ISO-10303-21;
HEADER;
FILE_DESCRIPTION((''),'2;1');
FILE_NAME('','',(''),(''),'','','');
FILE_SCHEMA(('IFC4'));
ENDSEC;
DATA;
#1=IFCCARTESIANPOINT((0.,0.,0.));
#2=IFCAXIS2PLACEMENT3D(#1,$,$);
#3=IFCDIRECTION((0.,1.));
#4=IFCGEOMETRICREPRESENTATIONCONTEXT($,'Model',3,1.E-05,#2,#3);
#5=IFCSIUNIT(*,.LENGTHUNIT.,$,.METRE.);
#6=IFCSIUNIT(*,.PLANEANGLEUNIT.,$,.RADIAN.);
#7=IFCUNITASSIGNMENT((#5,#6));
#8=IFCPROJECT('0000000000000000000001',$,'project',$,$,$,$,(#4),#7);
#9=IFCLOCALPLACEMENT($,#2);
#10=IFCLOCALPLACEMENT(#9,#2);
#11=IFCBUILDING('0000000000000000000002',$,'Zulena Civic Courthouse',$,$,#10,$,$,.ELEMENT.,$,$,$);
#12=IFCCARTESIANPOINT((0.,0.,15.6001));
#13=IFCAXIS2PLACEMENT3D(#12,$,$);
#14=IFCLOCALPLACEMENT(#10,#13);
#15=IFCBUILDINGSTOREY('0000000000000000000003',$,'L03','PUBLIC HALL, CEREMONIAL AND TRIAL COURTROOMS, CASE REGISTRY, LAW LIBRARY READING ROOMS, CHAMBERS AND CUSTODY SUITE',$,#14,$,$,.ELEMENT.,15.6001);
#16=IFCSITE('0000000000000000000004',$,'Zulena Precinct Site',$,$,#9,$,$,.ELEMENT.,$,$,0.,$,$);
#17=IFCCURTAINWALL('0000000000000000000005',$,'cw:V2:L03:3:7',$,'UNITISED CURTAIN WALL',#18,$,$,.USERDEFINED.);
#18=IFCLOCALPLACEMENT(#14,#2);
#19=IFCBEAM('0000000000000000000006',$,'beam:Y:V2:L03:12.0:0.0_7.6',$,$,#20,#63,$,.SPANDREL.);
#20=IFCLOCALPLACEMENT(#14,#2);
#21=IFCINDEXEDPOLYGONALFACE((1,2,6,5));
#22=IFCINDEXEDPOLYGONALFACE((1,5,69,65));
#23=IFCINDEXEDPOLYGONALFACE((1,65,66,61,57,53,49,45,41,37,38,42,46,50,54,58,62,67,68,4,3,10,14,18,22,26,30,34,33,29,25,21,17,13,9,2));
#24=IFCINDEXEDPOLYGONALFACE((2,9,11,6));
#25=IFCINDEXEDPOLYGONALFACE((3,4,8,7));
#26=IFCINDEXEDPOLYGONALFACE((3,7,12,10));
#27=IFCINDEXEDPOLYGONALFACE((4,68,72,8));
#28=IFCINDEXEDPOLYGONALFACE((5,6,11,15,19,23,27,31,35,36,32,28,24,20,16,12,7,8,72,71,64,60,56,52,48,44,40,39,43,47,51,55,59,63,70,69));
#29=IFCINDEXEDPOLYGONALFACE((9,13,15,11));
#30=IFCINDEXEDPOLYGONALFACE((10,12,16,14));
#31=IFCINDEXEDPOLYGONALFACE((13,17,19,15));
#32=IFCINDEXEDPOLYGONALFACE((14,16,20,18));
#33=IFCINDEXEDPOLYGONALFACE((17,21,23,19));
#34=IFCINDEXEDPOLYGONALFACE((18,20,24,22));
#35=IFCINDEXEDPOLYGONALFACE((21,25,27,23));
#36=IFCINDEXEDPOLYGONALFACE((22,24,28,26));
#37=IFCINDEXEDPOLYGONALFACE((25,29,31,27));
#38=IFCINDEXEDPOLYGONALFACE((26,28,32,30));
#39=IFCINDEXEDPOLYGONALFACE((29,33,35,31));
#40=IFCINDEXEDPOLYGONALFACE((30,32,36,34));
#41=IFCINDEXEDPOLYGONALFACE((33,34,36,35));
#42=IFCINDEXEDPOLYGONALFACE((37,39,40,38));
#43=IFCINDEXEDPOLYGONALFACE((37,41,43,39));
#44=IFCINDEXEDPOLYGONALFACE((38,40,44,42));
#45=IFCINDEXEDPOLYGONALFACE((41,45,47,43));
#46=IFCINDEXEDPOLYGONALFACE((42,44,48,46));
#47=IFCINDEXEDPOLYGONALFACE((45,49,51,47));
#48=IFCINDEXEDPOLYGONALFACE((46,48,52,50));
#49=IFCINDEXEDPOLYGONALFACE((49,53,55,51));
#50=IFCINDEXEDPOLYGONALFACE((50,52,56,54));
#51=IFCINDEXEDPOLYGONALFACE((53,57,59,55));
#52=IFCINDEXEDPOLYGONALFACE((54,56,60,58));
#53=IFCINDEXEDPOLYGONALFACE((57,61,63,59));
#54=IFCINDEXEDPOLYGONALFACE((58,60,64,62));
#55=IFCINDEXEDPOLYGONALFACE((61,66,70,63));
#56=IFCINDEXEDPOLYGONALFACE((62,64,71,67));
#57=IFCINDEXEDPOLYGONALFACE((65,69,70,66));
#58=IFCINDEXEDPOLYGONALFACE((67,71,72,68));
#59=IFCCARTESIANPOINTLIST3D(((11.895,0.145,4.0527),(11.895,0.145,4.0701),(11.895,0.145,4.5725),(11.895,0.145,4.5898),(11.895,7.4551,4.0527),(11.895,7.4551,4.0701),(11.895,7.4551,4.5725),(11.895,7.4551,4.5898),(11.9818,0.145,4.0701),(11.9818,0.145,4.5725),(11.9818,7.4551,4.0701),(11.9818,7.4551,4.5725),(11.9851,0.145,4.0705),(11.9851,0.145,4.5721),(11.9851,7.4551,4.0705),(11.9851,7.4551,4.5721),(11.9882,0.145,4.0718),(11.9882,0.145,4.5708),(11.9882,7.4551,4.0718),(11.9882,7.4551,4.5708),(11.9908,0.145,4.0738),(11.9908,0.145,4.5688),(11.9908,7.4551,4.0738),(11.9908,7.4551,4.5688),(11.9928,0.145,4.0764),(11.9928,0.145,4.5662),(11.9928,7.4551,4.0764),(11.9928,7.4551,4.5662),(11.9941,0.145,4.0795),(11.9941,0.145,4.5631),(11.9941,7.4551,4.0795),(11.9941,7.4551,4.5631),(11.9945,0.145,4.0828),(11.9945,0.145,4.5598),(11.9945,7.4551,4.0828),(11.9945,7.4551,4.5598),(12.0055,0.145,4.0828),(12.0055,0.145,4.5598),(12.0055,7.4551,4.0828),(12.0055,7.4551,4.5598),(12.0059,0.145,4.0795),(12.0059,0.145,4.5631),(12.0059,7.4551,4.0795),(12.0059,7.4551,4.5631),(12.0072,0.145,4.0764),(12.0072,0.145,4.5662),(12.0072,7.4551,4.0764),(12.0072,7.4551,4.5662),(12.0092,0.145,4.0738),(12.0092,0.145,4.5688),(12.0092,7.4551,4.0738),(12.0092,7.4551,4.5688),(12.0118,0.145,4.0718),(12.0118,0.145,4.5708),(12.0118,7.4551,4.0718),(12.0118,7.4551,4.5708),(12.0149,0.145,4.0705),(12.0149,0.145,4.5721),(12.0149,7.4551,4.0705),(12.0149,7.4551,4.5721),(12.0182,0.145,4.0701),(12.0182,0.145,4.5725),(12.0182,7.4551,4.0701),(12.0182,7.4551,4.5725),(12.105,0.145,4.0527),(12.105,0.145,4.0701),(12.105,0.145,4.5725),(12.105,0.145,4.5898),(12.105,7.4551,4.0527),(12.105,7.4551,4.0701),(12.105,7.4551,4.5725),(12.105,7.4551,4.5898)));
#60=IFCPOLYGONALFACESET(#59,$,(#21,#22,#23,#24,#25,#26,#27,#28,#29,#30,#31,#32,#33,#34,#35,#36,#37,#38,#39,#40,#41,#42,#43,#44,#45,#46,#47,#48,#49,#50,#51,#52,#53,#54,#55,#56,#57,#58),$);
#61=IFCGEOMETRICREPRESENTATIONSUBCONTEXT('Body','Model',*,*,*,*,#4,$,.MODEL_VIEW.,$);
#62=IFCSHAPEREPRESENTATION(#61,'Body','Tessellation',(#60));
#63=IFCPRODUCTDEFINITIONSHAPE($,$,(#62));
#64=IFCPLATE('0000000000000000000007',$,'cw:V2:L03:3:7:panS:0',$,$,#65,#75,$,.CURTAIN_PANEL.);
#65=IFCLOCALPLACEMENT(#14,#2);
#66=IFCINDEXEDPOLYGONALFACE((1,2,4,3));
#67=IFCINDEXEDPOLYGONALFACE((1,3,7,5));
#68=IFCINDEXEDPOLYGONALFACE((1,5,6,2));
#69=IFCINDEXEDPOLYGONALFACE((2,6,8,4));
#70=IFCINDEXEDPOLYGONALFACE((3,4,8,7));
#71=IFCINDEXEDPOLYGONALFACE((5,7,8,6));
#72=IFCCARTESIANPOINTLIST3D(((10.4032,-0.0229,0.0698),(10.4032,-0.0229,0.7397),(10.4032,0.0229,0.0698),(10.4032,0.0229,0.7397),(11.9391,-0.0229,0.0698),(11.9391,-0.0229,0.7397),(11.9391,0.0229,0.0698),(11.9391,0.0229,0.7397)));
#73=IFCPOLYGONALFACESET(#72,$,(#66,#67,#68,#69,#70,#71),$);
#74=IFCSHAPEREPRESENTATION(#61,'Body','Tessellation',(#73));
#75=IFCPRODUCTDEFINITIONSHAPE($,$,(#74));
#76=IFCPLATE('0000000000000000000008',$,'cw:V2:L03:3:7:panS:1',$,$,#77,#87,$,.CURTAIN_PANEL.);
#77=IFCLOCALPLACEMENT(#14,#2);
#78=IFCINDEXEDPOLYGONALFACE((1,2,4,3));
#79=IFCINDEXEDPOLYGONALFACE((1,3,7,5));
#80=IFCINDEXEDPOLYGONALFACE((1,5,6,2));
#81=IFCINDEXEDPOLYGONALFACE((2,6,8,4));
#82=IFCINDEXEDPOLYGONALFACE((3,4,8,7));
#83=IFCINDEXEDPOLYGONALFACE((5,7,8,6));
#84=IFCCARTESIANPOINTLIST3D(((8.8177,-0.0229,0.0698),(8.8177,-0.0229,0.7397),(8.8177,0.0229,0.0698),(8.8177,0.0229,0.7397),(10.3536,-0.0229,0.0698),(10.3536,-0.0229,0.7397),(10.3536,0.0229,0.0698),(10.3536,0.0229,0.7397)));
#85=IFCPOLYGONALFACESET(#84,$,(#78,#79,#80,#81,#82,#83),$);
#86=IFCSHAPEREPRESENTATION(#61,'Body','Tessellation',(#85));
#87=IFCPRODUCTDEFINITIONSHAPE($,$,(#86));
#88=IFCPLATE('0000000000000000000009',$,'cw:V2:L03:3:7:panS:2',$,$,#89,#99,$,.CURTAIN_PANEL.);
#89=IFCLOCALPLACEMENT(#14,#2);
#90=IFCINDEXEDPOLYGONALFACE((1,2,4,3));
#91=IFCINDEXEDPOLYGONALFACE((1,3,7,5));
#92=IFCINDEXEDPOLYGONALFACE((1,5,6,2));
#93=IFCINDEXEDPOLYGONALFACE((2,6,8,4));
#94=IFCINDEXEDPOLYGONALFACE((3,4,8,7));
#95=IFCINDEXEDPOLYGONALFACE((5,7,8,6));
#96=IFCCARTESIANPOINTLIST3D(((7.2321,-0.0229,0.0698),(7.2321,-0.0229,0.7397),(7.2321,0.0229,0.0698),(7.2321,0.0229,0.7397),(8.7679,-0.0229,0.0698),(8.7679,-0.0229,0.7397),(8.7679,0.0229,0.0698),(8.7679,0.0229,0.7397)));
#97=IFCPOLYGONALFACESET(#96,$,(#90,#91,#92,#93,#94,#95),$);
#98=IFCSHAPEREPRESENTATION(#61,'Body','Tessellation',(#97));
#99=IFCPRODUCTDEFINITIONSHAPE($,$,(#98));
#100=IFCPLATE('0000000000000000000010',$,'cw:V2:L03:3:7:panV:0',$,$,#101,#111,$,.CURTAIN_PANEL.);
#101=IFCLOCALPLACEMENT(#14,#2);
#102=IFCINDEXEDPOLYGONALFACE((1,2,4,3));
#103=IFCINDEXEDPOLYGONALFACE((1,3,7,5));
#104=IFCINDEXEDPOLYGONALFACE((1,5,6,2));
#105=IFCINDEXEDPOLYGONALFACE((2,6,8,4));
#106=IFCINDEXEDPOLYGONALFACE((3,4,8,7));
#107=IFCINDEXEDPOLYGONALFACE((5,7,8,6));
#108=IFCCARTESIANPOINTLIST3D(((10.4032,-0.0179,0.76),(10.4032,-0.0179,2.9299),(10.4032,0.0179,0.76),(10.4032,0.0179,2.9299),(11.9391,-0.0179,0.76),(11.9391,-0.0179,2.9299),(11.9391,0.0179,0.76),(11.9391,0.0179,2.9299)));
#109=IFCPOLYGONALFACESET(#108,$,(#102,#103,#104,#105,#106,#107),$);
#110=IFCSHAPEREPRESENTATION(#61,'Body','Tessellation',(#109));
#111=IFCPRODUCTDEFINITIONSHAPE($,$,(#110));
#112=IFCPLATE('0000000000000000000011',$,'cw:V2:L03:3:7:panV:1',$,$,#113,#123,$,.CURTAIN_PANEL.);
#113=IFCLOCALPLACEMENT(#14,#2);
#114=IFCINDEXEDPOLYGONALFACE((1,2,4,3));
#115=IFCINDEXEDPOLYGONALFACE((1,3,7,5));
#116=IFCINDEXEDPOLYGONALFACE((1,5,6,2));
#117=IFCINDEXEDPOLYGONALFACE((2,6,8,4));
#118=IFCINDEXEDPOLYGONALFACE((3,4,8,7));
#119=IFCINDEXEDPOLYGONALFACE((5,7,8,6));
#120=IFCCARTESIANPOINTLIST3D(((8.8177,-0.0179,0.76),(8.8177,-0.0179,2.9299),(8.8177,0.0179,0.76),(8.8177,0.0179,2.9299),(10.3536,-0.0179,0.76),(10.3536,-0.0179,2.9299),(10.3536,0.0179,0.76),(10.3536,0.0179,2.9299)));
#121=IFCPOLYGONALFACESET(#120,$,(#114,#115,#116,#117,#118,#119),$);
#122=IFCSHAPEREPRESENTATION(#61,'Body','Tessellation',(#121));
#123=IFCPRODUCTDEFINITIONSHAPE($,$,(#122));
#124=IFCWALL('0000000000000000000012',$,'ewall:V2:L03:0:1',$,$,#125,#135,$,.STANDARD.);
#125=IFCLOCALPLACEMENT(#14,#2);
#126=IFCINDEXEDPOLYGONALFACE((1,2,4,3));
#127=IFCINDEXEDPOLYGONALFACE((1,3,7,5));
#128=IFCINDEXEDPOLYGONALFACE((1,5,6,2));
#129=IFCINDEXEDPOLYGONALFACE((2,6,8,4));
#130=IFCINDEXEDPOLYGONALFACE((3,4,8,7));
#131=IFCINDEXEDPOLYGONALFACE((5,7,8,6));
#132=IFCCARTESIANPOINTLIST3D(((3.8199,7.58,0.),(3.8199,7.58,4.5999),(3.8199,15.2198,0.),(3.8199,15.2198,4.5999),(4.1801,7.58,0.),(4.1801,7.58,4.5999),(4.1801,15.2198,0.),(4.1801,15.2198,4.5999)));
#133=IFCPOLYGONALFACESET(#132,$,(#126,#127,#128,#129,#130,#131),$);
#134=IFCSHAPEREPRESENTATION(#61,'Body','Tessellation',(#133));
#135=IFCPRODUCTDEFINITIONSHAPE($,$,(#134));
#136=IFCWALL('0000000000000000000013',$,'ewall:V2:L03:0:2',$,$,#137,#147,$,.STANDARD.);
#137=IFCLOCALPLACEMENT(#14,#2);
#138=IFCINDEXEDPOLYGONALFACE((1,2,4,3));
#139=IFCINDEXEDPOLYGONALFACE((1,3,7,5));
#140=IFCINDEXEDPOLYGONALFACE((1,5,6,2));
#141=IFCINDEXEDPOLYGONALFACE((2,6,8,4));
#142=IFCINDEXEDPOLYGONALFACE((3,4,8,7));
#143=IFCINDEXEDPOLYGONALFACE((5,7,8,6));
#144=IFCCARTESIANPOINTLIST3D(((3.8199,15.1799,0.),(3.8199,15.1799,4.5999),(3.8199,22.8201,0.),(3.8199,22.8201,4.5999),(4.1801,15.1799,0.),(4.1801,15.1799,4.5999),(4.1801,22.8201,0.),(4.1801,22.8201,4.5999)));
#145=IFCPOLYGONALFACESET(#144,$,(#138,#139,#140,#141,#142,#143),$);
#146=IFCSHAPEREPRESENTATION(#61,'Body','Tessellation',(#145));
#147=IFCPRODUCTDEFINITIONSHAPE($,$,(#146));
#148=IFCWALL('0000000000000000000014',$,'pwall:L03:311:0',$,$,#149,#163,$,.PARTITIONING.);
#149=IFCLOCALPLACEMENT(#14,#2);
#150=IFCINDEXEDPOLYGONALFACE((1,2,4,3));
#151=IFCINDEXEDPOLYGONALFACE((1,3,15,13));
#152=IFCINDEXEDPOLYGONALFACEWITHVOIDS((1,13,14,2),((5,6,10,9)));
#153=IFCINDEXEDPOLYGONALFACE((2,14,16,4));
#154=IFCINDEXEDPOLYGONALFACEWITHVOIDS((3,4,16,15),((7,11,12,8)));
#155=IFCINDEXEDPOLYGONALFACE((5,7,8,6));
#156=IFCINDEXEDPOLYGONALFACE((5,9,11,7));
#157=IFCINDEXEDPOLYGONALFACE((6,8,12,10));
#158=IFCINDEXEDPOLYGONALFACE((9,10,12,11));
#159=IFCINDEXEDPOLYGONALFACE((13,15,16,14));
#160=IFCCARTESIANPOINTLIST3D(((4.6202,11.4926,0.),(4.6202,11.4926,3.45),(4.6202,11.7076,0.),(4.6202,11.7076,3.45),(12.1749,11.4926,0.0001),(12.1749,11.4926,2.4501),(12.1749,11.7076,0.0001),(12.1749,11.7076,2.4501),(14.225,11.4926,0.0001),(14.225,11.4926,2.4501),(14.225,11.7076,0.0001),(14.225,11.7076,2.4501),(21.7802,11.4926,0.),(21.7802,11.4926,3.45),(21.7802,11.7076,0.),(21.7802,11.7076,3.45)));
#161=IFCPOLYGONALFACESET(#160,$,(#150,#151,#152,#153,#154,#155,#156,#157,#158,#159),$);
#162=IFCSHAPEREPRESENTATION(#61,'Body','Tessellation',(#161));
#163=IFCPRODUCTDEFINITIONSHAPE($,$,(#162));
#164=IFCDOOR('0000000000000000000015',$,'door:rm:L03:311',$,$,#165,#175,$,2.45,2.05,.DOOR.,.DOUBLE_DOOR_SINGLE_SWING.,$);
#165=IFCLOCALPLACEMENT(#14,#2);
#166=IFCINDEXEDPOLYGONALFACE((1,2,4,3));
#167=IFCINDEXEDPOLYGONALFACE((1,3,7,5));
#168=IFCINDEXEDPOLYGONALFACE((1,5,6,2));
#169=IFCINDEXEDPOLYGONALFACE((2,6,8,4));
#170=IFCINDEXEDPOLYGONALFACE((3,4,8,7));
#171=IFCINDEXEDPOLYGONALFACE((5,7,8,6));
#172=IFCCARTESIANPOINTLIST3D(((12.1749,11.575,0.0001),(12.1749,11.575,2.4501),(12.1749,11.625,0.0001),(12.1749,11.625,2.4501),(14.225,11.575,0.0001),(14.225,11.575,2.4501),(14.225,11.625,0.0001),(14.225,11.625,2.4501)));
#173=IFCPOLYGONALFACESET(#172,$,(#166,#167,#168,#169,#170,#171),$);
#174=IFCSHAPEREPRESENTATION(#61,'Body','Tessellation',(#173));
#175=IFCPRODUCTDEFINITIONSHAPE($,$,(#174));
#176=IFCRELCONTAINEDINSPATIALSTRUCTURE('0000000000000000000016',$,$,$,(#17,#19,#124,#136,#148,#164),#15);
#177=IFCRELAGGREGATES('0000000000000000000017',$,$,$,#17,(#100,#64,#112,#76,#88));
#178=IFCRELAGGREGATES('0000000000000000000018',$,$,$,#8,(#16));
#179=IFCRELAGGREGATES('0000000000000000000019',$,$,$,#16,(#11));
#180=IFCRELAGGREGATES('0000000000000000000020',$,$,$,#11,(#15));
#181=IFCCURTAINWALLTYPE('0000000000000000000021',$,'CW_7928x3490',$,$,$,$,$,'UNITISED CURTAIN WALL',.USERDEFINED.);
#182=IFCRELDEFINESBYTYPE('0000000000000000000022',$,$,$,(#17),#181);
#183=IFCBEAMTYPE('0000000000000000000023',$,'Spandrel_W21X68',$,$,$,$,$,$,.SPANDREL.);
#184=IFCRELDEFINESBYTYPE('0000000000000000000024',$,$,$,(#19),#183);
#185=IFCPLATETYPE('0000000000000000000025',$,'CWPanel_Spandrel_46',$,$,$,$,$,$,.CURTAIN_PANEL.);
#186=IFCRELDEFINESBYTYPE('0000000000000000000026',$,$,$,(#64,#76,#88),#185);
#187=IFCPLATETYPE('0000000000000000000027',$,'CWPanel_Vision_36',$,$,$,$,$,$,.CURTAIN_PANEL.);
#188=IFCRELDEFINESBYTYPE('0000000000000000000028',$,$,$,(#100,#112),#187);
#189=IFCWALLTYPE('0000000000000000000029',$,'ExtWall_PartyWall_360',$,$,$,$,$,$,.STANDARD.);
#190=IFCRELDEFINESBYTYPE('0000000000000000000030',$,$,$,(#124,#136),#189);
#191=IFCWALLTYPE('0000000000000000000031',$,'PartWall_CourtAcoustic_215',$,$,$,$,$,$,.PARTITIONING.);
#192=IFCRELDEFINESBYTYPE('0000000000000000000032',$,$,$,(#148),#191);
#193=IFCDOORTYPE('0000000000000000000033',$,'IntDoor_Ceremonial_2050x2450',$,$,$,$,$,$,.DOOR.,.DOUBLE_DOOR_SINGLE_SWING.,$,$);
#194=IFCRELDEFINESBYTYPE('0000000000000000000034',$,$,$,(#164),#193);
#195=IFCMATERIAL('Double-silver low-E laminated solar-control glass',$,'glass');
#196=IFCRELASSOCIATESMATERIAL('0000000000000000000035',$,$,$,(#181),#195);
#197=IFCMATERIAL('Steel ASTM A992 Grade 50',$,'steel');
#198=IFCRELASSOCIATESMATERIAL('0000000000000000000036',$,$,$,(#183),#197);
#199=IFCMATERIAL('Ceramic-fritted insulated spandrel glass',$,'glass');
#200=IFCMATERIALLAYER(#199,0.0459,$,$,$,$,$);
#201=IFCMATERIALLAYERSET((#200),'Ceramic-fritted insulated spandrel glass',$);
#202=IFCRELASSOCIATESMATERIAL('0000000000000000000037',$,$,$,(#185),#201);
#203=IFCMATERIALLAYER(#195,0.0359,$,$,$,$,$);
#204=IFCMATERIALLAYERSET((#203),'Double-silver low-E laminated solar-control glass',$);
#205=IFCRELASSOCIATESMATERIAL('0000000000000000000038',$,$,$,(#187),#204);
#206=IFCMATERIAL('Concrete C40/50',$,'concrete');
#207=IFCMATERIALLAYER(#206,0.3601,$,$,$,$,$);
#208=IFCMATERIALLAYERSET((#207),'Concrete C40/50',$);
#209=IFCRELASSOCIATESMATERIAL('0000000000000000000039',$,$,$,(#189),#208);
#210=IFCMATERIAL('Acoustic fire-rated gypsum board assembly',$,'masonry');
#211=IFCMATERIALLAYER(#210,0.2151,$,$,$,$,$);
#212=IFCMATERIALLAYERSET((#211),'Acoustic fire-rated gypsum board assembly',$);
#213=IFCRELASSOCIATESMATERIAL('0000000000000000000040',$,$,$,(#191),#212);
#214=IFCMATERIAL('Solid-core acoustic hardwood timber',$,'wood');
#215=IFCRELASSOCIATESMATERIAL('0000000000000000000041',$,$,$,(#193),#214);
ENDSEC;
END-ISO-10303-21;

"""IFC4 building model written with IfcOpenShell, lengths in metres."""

from ifc_helpers import new_model, si_unit, direction, frame, frame_2d, origin, origin_2d, place, context, subcontext, project, spatial, rectangle, i_section, extrude, material, layer, layer_set, material_profile, profile_set, type_object, element, fill, aggregate, save


model = new_model("IFC4")

# Units and contexts
model_context = context("Model", 3, precision=1e-05, world=origin(), true_north=direction((0.0, 1.0)))
body_context = subcontext(model_context, "Body", "Model", "MODEL_VIEW")
ifc_project = project(units=[si_unit("LENGTHUNIT", "METRE"), si_unit("PLANEANGLEUNIT", "RADIAN")], contexts=[model_context])

# Site, building, storey
site_placement = place(None, origin())
site = spatial("IfcSite", under=ifc_project, at=site_placement, Name="Zulena Precinct Site", CompositionType="ELEMENT", RefElevation=0.0)
building_placement = place(site_placement, origin())
building = spatial("IfcBuilding", under=site, at=building_placement, Name="Zulena Civic Courthouse", CompositionType="ELEMENT")
storey_placement = place(building_placement, frame((0.0, 0.0, 15.6001)))
storey = spatial("IfcBuildingStorey", under=building, at=storey_placement, Name="L03", Description="PUBLIC HALL, CEREMONIAL AND TRIAL COURTROOMS, CASE REGISTRY, LAW LIBRARY READING ROOMS, CHAMBERS AND CUSTODY SUITE", CompositionType="ELEMENT", Elevation=15.6001)

# Shared definitions
ifc_material_1 = material(Name="Steel ASTM A992 Grade 50", Category="steel")

# Shared definitions
ifc_material_2 = material(Name="Double-silver low-E laminated solar-control glass", Category="glass")
curtain_wall_type = type_object("IfcCurtainWallType", Name="CW_7928x3490", ElementType="UNITISED CURTAIN WALL", PredefinedType="USERDEFINED", material=ifc_material_2)

# Curtain wall
curtain_wall_1_placement = place(storey_placement, origin())
curtain_wall_1 = element("IfcCurtainWall", 1, at=curtain_wall_1_placement, inside=storey, type_object=curtain_wall_type, Name="cw:V2:L03:3:7", ObjectType="UNITISED CURTAIN WALL", PredefinedType="USERDEFINED")

# Beam
ifc_material_profile_1 = material_profile(ifc_material_1, i_section(OverallWidth=0.21, OverallDepth=0.5371, WebThickness=0.011, FlangeThickness=0.0173, FilletRadius=0.0127, at=origin_2d()), Name="W21X68")
ifc_profile_set_1 = profile_set([ifc_material_profile_1], Name="Steel ASTM A992 Grade 50")
beam_type_1 = type_object("IfcBeamType", Name="Spandrel_W21X68", PredefinedType="SPANDREL", material=ifc_profile_set_1)
beam_1_placement = place(storey_placement, frame((12.0, 0.145, 4.3213), z_axis=(0.0, 1.0, 0.0), x_axis=(-1.0, 0.0, 0.0)))
element("IfcBeam", 2, at=beam_1_placement, inside=storey, type_object=beam_type_1, Name="beam:Y:V2:L03:12.0:0.0_7.6", PredefinedType="SPANDREL", context=body_context, shape_type="SweptSolid", body=[
    extrude(i_section(OverallWidth=0.21, OverallDepth=0.5371, WebThickness=0.011, FlangeThickness=0.0173, FilletRadius=0.0127, at=origin_2d()), origin(), (0.0, 0.0, 1.0), 7.3101),
])

# Plates
ifc_material_3 = material(Name="Ceramic-fritted insulated spandrel glass", Category="glass")
ifc_layer_1 = layer(ifc_material_3, 0.0459)
ifc_layer_set_1 = layer_set([ifc_layer_1], Name="Ceramic-fritted insulated spandrel glass")
plate_type_1 = type_object("IfcPlateType", Name="CWPanel_Spandrel_46", PredefinedType="CURTAIN_PANEL", material=ifc_layer_set_1)
plate_1_placement = place(storey_placement, frame((11.1711, 0.0, 0.0698), z_axis=(0.0, 0.0, 1.0), x_axis=(-1.0, 0.0, 0.0)))
plate_1 = element("IfcPlate", 3, at=plate_1_placement, type_object=plate_type_1, Name="cw:V2:L03:3:7:panS:0", PredefinedType="CURTAIN_PANEL", context=body_context, shape_type="SweptSolid", body=[
    extrude(rectangle(XDim=1.5359, YDim=0.0459, at=origin_2d()), origin(), (0.0, 0.0, 1.0), 0.6699),
])
plate_2_placement = place(storey_placement, frame((9.5857, 0.0, 0.0698), z_axis=(0.0, 0.0, 1.0), x_axis=(-1.0, 0.0, 0.0)))
plate_2 = element("IfcPlate", 4, at=plate_2_placement, type_object=plate_type_1, Name="cw:V2:L03:3:7:panS:1", PredefinedType="CURTAIN_PANEL", context=body_context, shape_type="SweptSolid", body=[
    extrude(rectangle(XDim=1.5359, YDim=0.0459, at=origin_2d()), origin(), (0.0, 0.0, 1.0), 0.6699),
])
plate_3_placement = place(storey_placement, frame((8.0, 0.0, 0.0698), z_axis=(0.0, 0.0, 1.0), x_axis=(-1.0, 0.0, 0.0)))
plate_3 = element("IfcPlate", 5, at=plate_3_placement, type_object=plate_type_1, Name="cw:V2:L03:3:7:panS:2", PredefinedType="CURTAIN_PANEL", context=body_context, shape_type="SweptSolid", body=[
    extrude(rectangle(XDim=1.5359, YDim=0.0459, at=origin_2d()), origin(), (0.0, 0.0, 1.0), 0.6699),
])
ifc_layer_2 = layer(ifc_material_2, 0.0359)
ifc_layer_set_2 = layer_set([ifc_layer_2], Name="Double-silver low-E laminated solar-control glass")
plate_type_2 = type_object("IfcPlateType", Name="CWPanel_Vision_36", PredefinedType="CURTAIN_PANEL", material=ifc_layer_set_2)
plate_4_placement = place(storey_placement, frame((11.1711, 0.0, 0.76), z_axis=(0.0, 0.0, 1.0), x_axis=(-1.0, 0.0, 0.0)))
plate_4 = element("IfcPlate", 6, at=plate_4_placement, type_object=plate_type_2, Name="cw:V2:L03:3:7:panV:0", PredefinedType="CURTAIN_PANEL", context=body_context, shape_type="SweptSolid", body=[
    extrude(rectangle(XDim=1.5359, YDim=0.0359, at=origin_2d()), origin(), (0.0, 0.0, 1.0), 2.1699),
])
plate_5_placement = place(storey_placement, frame((9.5857, 0.0, 0.76), z_axis=(0.0, 0.0, 1.0), x_axis=(-1.0, 0.0, 0.0)))
plate_5 = element("IfcPlate", 7, at=plate_5_placement, type_object=plate_type_2, Name="cw:V2:L03:3:7:panV:1", PredefinedType="CURTAIN_PANEL", context=body_context, shape_type="SweptSolid", body=[
    extrude(rectangle(XDim=1.5359, YDim=0.0359, at=origin_2d()), origin(), (0.0, 0.0, 1.0), 2.1699),
])
aggregate(curtain_wall_1, [plate_4, plate_1, plate_5, plate_2, plate_3])

# Walls
ifc_material_4 = material(Name="Concrete C40/50", Category="concrete")
ifc_layer_3 = layer(ifc_material_4, 0.3601)
ifc_layer_set_3 = layer_set([ifc_layer_3], Name="Concrete C40/50")
wall_type_1 = type_object("IfcWallType", Name="ExtWall_PartyWall_360", PredefinedType="STANDARD", material=ifc_layer_set_3)
wall_1_placement = place(storey_placement, frame((4.0, 7.5801, 0.0), z_axis=(0.0, 0.0, 1.0), x_axis=(0.0, 1.0, 0.0)))
element("IfcWall", 8, at=wall_1_placement, inside=storey, type_object=wall_type_1, Name="ewall:V2:L03:0:1", PredefinedType="STANDARD", context=body_context, shape_type="SweptSolid", body=[
    extrude(rectangle(XDim=7.6399, YDim=0.3601, at=frame_2d((3.8198, 0.0))), origin(), (0.0, 0.0, 1.0), 4.5999),
])
wall_2_placement = place(storey_placement, frame((4.0, 15.1799, 0.0), z_axis=(0.0, 0.0, 1.0), x_axis=(0.0, 1.0, 0.0)))
element("IfcWall", 9, at=wall_2_placement, inside=storey, type_object=wall_type_1, Name="ewall:V2:L03:0:2", PredefinedType="STANDARD", context=body_context, shape_type="SweptSolid", body=[
    extrude(rectangle(XDim=7.6401, YDim=0.3601, at=frame_2d((3.8201, 0.0))), origin(), (0.0, 0.0, 1.0), 4.5999),
])

# Wall, opening, door
ifc_material_5 = material(Name="Acoustic fire-rated gypsum board assembly", Category="masonry")
ifc_layer_4 = layer(ifc_material_5, 0.2151)
ifc_layer_set_4 = layer_set([ifc_layer_4], Name="Acoustic fire-rated gypsum board assembly")
wall_type_2 = type_object("IfcWallType", Name="PartWall_CourtAcoustic_215", PredefinedType="PARTITIONING", material=ifc_layer_set_4)
wall_3_placement = place(storey_placement, frame((4.6201, 11.6001, 0.0), z_axis=(0.0, 0.0, 1.0), x_axis=(1.0, 0.0, 0.0)))
wall_3 = element("IfcWall", 10, at=wall_3_placement, inside=storey, type_object=wall_type_2, Name="pwall:L03:311:0", PredefinedType="PARTITIONING", context=body_context, shape_type="SweptSolid", body=[
    extrude(rectangle(XDim=17.1599, YDim=0.2151, at=frame_2d((8.5801, 0.0))), origin(), (0.0, 0.0, 1.0), 3.45),
])
opening_1_placement = place(wall_3_placement, frame((7.5549, 0.0, 0.0)))
opening_1 = element("IfcOpeningElement", 11, at=opening_1_placement, cuts=wall_3, PredefinedType="OPENING", context=body_context, shape_type="SweptSolid", body=[
    extrude(rectangle(XDim=2.05, YDim=2.45, at=frame_2d((1.0249, 1.2251))), frame((0.0, 0.1174, 0.0), z_axis=(0.0, -1.0, 0.0), x_axis=(1.0, 0.0, 0.0)), (0.0, 0.0, 1.0), 0.2351),
])
ifc_material_6 = material(Name="Solid-core acoustic hardwood timber", Category="wood")
door_type_1 = type_object("IfcDoorType", Name="IntDoor_Ceremonial_2050x2450", OperationType="DOUBLE_DOOR_SINGLE_SWING", PredefinedType="DOOR", material=ifc_material_6)
door_1_placement = place(opening_1_placement, origin())
door_1 = element("IfcDoor", 12, at=door_1_placement, inside=storey, type_object=door_type_1, Name="door:rm:L03:311", OperationType="DOUBLE_DOOR_SINGLE_SWING", OverallHeight=2.45, OverallWidth=2.05, PredefinedType="DOOR", context=body_context, shape_type="SweptSolid", body=[
    extrude(rectangle(XDim=2.05, YDim=2.45, at=frame_2d((1.0249, 1.2251))), frame((0.0, 0.0249, 0.0), z_axis=(0.0, -1.0, 0.0), x_axis=(1.0, 0.0, 0.0)), (0.0, 0.0, 1.0), 0.05),
])
fill(opening_1, door_1)

save(model, "model.ifc")
